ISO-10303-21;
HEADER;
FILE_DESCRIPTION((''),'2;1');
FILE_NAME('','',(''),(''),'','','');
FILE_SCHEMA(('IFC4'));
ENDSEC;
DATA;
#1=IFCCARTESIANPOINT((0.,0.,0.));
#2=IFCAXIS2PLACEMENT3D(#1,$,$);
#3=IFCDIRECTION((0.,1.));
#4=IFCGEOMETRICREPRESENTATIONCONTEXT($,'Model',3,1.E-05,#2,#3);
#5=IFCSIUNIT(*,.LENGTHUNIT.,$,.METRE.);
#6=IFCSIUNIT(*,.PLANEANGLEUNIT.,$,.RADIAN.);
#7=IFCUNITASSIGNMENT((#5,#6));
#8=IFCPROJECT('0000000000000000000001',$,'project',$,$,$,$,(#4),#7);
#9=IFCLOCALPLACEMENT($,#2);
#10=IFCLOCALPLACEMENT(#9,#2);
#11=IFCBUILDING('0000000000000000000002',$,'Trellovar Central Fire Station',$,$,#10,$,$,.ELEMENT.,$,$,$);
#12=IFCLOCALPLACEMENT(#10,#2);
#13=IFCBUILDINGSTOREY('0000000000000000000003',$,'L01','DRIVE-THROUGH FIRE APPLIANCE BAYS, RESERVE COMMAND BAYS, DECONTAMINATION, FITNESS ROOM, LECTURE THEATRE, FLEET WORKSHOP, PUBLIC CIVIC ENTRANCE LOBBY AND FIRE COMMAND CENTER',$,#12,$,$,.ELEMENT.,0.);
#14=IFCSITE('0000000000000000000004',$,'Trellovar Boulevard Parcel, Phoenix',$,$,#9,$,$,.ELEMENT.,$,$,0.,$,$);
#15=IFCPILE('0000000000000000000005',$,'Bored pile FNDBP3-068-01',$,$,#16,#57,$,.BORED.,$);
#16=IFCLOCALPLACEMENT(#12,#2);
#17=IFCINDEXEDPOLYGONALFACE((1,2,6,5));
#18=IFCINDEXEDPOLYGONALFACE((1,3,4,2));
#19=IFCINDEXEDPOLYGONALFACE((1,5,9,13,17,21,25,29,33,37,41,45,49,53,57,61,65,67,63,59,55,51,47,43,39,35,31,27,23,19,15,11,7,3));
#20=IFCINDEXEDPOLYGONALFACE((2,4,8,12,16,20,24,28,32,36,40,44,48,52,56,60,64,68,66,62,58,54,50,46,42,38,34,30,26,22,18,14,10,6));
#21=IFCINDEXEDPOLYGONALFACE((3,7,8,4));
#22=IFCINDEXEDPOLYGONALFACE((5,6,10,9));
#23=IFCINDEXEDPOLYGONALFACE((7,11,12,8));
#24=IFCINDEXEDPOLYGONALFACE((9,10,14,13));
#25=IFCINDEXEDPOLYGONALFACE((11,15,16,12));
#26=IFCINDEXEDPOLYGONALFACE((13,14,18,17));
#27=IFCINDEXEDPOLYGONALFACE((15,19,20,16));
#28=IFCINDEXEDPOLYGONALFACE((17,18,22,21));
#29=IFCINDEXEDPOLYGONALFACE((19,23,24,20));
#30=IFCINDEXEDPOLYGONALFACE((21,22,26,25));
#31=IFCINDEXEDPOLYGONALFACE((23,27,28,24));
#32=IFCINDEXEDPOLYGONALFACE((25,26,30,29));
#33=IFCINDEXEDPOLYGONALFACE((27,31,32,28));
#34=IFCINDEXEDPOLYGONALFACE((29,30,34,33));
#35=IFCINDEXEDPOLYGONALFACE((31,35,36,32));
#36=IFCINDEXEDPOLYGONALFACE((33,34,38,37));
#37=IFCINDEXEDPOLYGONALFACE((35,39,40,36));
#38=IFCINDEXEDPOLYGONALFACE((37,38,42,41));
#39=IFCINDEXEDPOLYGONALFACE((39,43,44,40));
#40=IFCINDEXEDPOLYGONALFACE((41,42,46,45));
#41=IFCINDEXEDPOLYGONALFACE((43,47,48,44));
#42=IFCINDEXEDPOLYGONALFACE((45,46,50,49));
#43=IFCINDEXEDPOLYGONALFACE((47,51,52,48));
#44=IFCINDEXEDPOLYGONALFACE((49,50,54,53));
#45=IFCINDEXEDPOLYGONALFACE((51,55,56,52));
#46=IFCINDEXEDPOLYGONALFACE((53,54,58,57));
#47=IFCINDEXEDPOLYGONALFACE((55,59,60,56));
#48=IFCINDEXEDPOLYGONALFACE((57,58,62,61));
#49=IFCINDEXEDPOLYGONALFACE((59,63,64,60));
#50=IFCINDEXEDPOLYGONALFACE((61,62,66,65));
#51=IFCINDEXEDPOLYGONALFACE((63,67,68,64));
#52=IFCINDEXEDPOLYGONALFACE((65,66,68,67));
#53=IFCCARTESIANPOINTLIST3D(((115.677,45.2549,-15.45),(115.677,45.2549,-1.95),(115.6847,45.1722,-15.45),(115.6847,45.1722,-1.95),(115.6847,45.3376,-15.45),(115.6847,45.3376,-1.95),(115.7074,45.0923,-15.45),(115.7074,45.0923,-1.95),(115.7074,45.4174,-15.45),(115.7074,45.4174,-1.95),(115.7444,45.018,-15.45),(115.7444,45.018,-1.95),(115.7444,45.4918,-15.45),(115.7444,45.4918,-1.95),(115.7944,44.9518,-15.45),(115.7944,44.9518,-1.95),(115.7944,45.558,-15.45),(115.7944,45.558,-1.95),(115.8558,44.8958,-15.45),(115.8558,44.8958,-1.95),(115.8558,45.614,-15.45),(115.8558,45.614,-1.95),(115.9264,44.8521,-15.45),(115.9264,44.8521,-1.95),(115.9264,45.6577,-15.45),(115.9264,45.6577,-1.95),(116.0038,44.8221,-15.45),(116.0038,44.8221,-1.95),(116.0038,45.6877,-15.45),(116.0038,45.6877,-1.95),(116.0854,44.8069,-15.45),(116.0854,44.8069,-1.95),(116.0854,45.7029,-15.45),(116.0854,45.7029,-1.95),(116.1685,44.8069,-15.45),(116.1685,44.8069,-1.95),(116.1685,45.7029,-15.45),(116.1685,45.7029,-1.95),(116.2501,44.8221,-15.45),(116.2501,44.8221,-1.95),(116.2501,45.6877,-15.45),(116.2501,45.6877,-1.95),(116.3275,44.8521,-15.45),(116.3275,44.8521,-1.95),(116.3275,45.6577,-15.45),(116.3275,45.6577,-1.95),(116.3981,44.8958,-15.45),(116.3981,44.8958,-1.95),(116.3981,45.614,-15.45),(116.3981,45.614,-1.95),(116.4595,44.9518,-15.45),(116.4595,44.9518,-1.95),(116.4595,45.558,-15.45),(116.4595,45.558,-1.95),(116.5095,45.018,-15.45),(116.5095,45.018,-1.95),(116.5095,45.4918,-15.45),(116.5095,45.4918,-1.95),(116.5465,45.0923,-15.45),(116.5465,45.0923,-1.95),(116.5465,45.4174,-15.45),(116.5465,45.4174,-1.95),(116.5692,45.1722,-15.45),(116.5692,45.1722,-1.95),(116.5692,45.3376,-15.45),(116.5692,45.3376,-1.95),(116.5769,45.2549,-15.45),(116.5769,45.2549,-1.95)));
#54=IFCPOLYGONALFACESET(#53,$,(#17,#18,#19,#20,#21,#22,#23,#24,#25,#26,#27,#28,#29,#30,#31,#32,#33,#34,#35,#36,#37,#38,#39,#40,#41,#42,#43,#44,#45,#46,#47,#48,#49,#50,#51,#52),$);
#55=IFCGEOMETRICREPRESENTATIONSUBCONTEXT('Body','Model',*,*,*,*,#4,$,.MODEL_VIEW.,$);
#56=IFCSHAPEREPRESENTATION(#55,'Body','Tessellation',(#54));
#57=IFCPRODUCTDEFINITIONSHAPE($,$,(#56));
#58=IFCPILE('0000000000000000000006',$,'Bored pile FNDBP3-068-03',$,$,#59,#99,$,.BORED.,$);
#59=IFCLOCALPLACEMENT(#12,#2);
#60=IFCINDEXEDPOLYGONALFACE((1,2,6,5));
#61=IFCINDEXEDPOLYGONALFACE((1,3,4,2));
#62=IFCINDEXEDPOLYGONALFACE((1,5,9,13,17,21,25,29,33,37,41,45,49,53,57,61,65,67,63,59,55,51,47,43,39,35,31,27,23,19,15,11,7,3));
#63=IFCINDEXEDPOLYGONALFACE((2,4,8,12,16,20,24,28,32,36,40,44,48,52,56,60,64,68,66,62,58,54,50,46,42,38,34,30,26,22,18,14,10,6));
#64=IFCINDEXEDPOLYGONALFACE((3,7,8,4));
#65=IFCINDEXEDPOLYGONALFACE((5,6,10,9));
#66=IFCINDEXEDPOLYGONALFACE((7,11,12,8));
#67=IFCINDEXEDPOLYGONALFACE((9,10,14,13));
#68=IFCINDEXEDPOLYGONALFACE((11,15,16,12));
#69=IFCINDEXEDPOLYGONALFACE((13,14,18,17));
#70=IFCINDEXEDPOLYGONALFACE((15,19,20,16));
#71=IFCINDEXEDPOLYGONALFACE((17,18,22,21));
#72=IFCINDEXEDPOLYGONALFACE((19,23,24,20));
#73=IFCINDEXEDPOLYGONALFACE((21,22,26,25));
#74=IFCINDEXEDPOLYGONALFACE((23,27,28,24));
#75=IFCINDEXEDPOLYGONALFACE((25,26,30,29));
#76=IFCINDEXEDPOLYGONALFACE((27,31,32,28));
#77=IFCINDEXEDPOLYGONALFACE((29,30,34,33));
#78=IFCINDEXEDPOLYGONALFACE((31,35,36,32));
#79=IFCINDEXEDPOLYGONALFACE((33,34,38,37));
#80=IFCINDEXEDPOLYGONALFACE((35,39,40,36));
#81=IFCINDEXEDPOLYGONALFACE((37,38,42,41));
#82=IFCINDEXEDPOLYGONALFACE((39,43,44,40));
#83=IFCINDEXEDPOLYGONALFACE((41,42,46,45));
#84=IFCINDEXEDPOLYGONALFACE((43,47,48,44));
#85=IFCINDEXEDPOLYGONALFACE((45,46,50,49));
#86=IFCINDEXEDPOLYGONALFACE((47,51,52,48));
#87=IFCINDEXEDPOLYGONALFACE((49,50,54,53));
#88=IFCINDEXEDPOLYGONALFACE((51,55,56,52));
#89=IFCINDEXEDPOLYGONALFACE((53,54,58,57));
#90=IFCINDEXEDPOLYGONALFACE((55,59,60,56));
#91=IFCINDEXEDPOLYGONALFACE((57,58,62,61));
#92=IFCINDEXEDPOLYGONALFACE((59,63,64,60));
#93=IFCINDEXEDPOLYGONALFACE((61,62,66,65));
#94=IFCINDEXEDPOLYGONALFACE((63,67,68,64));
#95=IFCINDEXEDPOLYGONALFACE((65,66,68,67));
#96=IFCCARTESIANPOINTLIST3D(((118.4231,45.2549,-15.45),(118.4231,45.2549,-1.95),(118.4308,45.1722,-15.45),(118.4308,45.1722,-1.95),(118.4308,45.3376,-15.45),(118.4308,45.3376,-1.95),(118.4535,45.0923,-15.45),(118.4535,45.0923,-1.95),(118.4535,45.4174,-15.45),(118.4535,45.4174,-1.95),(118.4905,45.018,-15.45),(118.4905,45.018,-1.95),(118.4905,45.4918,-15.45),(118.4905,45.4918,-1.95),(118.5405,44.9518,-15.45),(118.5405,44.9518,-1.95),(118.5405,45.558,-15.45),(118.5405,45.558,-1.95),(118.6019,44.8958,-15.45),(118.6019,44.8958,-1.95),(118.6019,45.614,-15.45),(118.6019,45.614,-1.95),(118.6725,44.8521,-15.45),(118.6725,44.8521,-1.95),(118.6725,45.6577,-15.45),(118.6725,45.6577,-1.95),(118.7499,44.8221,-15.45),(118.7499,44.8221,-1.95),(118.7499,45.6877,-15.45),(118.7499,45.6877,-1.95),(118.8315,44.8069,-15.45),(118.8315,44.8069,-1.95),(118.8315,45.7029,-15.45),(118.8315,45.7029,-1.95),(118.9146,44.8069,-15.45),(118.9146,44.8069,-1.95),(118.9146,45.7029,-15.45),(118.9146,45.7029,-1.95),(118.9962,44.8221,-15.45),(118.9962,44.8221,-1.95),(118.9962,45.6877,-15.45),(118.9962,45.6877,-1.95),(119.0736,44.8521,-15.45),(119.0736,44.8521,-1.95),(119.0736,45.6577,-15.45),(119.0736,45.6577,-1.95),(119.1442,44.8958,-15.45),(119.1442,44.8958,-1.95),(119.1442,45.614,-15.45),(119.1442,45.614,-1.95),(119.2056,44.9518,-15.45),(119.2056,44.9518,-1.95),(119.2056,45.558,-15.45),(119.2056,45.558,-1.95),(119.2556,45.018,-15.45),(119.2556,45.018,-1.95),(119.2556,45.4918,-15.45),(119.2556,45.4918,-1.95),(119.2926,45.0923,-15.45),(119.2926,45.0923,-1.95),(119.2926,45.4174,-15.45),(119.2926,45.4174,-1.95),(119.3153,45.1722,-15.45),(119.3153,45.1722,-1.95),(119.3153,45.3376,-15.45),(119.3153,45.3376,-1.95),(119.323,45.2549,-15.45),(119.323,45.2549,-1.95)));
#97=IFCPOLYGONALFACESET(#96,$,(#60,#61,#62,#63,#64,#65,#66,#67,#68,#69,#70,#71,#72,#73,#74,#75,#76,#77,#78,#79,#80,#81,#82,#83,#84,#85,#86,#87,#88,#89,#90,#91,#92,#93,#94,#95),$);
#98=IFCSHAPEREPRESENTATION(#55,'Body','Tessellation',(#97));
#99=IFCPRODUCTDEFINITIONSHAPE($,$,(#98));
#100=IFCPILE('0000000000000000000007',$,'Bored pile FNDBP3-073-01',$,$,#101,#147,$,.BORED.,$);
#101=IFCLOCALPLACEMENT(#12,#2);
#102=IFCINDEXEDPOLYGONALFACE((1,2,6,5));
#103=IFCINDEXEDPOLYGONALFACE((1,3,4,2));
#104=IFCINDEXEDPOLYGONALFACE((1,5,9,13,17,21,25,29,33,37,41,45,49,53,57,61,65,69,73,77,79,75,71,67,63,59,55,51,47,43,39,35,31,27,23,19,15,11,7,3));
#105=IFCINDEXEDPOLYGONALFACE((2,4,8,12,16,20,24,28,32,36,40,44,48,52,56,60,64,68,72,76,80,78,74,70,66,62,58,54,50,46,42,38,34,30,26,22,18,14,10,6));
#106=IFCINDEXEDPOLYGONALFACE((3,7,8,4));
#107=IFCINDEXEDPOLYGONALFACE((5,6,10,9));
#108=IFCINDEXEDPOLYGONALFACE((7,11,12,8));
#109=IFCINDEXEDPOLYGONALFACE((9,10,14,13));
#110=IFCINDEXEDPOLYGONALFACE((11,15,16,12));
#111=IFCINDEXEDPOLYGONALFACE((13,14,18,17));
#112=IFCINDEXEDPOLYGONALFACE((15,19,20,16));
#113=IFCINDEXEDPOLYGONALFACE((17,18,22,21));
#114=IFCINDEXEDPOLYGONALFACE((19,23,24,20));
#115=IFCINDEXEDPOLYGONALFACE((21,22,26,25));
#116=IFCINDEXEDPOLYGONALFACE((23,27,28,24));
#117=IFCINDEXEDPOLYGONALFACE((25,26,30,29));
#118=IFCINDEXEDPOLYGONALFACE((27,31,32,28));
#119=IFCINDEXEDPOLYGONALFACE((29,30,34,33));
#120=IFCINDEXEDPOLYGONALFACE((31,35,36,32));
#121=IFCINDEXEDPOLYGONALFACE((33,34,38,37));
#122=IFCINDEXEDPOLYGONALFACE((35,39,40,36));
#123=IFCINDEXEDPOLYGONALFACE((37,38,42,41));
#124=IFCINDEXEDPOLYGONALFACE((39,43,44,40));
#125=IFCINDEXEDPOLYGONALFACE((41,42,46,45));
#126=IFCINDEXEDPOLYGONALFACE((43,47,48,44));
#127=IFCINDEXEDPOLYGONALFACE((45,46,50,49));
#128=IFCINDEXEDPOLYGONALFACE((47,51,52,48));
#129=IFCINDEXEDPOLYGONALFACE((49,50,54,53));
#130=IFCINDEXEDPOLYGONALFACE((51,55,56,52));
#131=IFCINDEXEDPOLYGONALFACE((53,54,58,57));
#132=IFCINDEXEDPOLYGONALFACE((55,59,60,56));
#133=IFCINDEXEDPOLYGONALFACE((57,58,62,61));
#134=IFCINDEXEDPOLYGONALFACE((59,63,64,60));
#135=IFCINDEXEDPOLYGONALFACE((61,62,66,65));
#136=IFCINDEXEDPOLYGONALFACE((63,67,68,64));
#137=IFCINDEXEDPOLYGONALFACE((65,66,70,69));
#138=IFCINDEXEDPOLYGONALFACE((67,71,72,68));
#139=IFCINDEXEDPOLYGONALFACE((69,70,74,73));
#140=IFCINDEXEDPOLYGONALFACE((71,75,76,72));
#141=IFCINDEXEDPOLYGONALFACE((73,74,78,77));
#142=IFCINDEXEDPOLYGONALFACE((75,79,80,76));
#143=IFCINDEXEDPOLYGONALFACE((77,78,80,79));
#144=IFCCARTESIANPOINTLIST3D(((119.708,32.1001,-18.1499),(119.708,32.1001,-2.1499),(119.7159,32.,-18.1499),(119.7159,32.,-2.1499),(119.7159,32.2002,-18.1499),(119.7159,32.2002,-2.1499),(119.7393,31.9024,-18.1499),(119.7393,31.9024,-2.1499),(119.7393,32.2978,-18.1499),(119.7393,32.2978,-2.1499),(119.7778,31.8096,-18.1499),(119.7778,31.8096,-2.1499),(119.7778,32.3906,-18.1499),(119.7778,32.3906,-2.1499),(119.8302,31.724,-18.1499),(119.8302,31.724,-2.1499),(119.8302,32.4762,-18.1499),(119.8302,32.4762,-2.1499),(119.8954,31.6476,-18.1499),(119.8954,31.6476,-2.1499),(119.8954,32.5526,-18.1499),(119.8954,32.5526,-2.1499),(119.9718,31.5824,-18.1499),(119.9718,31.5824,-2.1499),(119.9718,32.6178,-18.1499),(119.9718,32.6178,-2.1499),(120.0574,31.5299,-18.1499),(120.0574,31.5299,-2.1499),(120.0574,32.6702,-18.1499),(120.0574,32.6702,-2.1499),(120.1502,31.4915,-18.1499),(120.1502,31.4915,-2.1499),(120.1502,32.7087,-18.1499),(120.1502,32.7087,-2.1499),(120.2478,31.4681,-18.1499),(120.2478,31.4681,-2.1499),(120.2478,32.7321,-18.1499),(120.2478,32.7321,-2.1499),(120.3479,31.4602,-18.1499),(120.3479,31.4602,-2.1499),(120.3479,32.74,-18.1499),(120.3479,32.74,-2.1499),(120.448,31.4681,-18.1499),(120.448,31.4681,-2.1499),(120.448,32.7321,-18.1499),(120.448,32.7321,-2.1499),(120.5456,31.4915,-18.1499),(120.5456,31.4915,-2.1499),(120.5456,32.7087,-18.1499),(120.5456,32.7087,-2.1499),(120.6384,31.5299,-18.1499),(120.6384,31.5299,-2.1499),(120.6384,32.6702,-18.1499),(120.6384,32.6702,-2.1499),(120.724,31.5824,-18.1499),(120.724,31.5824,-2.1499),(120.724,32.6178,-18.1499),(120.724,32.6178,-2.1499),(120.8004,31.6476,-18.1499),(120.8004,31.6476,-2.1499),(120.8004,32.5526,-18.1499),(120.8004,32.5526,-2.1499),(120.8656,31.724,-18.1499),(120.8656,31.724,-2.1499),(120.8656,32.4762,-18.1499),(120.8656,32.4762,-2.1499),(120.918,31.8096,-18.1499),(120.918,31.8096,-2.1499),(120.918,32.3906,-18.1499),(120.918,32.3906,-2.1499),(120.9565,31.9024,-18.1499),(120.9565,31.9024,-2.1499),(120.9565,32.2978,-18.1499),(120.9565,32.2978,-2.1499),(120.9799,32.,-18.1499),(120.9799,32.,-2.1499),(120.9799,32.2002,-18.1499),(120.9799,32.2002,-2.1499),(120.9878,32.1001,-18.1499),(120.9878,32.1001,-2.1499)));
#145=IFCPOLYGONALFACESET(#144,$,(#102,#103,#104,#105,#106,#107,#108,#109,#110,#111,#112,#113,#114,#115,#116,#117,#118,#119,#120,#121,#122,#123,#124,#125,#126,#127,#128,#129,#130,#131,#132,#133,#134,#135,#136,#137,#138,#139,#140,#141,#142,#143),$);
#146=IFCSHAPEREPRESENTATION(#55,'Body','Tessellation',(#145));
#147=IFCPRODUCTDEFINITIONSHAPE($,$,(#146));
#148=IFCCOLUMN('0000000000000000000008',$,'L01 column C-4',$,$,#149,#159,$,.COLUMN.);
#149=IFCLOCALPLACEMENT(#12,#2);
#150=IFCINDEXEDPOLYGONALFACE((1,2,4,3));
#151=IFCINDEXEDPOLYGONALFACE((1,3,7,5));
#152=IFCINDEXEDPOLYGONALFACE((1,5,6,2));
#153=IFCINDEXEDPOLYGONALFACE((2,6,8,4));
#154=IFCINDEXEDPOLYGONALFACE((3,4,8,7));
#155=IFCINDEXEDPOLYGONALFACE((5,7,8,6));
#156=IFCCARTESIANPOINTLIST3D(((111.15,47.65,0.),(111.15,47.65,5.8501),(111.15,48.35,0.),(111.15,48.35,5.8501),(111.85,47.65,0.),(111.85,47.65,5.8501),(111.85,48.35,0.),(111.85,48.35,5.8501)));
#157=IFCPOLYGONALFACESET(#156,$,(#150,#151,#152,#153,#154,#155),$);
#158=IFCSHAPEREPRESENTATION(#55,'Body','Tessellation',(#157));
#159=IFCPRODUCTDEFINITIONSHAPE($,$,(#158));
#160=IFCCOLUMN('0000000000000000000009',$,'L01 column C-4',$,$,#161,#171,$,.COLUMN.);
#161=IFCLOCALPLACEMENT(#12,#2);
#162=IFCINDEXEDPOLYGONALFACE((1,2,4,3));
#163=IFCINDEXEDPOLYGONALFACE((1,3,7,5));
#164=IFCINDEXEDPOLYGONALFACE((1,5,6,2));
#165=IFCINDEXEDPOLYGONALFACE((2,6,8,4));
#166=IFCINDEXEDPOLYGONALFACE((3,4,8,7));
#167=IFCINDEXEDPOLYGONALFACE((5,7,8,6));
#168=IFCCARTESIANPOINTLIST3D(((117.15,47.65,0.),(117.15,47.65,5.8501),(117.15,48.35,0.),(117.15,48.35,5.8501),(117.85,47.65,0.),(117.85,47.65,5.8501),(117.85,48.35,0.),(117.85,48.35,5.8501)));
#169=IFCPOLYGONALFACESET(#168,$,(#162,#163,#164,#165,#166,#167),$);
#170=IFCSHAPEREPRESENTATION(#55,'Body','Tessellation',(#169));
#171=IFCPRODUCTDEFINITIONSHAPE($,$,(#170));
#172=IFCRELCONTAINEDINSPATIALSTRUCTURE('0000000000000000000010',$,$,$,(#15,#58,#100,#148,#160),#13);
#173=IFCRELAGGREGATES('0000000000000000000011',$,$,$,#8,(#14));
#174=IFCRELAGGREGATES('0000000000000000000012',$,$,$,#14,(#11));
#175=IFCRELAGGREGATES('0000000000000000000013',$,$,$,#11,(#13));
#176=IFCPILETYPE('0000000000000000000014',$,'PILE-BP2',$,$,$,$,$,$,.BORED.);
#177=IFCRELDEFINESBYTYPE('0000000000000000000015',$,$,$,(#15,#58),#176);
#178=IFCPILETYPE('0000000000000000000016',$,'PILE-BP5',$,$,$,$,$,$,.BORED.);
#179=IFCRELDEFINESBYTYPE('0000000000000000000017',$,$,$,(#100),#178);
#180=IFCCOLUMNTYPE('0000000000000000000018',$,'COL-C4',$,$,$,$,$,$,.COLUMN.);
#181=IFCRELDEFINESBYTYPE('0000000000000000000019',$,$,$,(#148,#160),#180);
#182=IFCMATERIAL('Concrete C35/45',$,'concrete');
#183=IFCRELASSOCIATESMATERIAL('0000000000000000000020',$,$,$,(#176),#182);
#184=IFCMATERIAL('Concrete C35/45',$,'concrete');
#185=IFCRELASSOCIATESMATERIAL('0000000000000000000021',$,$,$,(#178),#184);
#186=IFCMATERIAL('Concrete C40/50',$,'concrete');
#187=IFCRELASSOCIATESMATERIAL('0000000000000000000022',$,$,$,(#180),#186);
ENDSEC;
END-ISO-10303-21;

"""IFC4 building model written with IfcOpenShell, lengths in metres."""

from ifc_helpers import new_model, si_unit, direction, frame, origin, origin_2d, place, context, subcontext, project, spatial, rectangle, circle, extrude, material, material_profile, profile_set, type_object, element, save


model = new_model("IFC4")

# Units and contexts
model_context = context("Model", 3, precision=1e-05, world=origin(), true_north=direction((0.0, 1.0)))
body_context = subcontext(model_context, "Body", "Model", "MODEL_VIEW")
ifc_project = project(units=[si_unit("LENGTHUNIT", "METRE"), si_unit("PLANEANGLEUNIT", "RADIAN")], contexts=[model_context])

# Site, building, storey
site_placement = place(None, origin())
site = spatial("IfcSite", under=ifc_project, at=site_placement, Name="Trellovar Boulevard Parcel, Phoenix", CompositionType="ELEMENT", RefElevation=0.0)
building_placement = place(site_placement, origin())
building = spatial("IfcBuilding", under=site, at=building_placement, Name="Trellovar Central Fire Station", CompositionType="ELEMENT")
storey_placement = place(building_placement, origin())
storey = spatial("IfcBuildingStorey", under=building, at=storey_placement, Name="L01", Description="DRIVE-THROUGH FIRE APPLIANCE BAYS, RESERVE COMMAND BAYS, DECONTAMINATION, FITNESS ROOM, LECTURE THEATRE, FLEET WORKSHOP, PUBLIC CIVIC ENTRANCE LOBBY AND FIRE COMMAND CENTER", CompositionType="ELEMENT", Elevation=0.0)

# Piles
ifc_material_1 = material(Name="Concrete C35/45", Category="concrete")
ifc_material_profile_1 = material_profile(ifc_material_1, circle(Radius=0.45, at=origin_2d()), Name="PILE900")
ifc_profile_set_1 = profile_set([ifc_material_profile_1], Name="Concrete C35/45")
pile_type_1 = type_object("IfcPileType", Name="PILE-BP2", PredefinedType="BORED", material=ifc_profile_set_1)
for number, where, z_axis, x_axis, name in (
    (1, (116.127, 45.2549, -1.95), (0.0, 0.0, -1.0), (1.0, 0.0, 0.0), "Bored pile FNDBP3-068-01"),
    (2, (118.873, 45.2549, -1.95), (0.0, 0.0, -1.0), (1.0, 0.0, 0.0), "Bored pile FNDBP3-068-03"),
):
    element("IfcPile", number, at=place(storey_placement, frame(where, z_axis=z_axis, x_axis=x_axis)), inside=storey, type_object=pile_type_1, Name=name, PredefinedType="BORED", context=body_context, shape_type="SweptSolid", body=[
        extrude(circle(Radius=0.45, at=origin_2d()), origin(), (0.0, 0.0, 1.0), 13.5),
    ])
ifc_material_2 = material(Name="Concrete C35/45", Category="concrete")
ifc_material_profile_2 = material_profile(ifc_material_2, circle(Radius=0.6399, at=origin_2d()), Name="PILE1280")
ifc_profile_set_2 = profile_set([ifc_material_profile_2], Name="Concrete C35/45")
pile_type_2 = type_object("IfcPileType", Name="PILE-BP5", PredefinedType="BORED", material=ifc_profile_set_2)
pile_placement = place(storey_placement, frame((120.3479, 32.1001, -2.1499), z_axis=(0.0, 0.0, -1.0), x_axis=(1.0, 0.0, 0.0)))
element("IfcPile", 3, at=pile_placement, inside=storey, type_object=pile_type_2, Name="Bored pile FNDBP3-073-01", PredefinedType="BORED", context=body_context, shape_type="SweptSolid", body=[
    extrude(circle(Radius=0.6399, at=origin_2d()), origin(), (0.0, 0.0, 1.0), 16.0),
])

# Columns
ifc_material_3 = material(Name="Concrete C40/50", Category="concrete")
ifc_material_profile_3 = material_profile(ifc_material_3, rectangle(XDim=0.7, YDim=0.7, at=origin_2d()), Name="RC700X700")
ifc_profile_set_3 = profile_set([ifc_material_profile_3], Name="Concrete C40/50")
column_type = type_object("IfcColumnType", Name="COL-C4", PredefinedType="COLUMN", material=ifc_profile_set_3)
for number, where, z_axis, x_axis, name in (
    (4, (111.5, 48.0, 0.0), (0.0, 0.0, 1.0), (1.0, 0.0, 0.0), "L01 column C-4"),
    (5, (117.5, 48.0, 0.0), (0.0, 0.0, 1.0), (1.0, 0.0, 0.0), "L01 column C-4"),
):
    element("IfcColumn", number, at=place(storey_placement, frame(where, z_axis=z_axis, x_axis=x_axis)), inside=storey, type_object=column_type, Name=name, PredefinedType="COLUMN", context=body_context, shape_type="SweptSolid", body=[
        extrude(rectangle(XDim=0.7, YDim=0.7, at=origin_2d()), origin(), (0.0, 0.0, 1.0), 5.8501),
    ])

save(model, "model.ifc")
